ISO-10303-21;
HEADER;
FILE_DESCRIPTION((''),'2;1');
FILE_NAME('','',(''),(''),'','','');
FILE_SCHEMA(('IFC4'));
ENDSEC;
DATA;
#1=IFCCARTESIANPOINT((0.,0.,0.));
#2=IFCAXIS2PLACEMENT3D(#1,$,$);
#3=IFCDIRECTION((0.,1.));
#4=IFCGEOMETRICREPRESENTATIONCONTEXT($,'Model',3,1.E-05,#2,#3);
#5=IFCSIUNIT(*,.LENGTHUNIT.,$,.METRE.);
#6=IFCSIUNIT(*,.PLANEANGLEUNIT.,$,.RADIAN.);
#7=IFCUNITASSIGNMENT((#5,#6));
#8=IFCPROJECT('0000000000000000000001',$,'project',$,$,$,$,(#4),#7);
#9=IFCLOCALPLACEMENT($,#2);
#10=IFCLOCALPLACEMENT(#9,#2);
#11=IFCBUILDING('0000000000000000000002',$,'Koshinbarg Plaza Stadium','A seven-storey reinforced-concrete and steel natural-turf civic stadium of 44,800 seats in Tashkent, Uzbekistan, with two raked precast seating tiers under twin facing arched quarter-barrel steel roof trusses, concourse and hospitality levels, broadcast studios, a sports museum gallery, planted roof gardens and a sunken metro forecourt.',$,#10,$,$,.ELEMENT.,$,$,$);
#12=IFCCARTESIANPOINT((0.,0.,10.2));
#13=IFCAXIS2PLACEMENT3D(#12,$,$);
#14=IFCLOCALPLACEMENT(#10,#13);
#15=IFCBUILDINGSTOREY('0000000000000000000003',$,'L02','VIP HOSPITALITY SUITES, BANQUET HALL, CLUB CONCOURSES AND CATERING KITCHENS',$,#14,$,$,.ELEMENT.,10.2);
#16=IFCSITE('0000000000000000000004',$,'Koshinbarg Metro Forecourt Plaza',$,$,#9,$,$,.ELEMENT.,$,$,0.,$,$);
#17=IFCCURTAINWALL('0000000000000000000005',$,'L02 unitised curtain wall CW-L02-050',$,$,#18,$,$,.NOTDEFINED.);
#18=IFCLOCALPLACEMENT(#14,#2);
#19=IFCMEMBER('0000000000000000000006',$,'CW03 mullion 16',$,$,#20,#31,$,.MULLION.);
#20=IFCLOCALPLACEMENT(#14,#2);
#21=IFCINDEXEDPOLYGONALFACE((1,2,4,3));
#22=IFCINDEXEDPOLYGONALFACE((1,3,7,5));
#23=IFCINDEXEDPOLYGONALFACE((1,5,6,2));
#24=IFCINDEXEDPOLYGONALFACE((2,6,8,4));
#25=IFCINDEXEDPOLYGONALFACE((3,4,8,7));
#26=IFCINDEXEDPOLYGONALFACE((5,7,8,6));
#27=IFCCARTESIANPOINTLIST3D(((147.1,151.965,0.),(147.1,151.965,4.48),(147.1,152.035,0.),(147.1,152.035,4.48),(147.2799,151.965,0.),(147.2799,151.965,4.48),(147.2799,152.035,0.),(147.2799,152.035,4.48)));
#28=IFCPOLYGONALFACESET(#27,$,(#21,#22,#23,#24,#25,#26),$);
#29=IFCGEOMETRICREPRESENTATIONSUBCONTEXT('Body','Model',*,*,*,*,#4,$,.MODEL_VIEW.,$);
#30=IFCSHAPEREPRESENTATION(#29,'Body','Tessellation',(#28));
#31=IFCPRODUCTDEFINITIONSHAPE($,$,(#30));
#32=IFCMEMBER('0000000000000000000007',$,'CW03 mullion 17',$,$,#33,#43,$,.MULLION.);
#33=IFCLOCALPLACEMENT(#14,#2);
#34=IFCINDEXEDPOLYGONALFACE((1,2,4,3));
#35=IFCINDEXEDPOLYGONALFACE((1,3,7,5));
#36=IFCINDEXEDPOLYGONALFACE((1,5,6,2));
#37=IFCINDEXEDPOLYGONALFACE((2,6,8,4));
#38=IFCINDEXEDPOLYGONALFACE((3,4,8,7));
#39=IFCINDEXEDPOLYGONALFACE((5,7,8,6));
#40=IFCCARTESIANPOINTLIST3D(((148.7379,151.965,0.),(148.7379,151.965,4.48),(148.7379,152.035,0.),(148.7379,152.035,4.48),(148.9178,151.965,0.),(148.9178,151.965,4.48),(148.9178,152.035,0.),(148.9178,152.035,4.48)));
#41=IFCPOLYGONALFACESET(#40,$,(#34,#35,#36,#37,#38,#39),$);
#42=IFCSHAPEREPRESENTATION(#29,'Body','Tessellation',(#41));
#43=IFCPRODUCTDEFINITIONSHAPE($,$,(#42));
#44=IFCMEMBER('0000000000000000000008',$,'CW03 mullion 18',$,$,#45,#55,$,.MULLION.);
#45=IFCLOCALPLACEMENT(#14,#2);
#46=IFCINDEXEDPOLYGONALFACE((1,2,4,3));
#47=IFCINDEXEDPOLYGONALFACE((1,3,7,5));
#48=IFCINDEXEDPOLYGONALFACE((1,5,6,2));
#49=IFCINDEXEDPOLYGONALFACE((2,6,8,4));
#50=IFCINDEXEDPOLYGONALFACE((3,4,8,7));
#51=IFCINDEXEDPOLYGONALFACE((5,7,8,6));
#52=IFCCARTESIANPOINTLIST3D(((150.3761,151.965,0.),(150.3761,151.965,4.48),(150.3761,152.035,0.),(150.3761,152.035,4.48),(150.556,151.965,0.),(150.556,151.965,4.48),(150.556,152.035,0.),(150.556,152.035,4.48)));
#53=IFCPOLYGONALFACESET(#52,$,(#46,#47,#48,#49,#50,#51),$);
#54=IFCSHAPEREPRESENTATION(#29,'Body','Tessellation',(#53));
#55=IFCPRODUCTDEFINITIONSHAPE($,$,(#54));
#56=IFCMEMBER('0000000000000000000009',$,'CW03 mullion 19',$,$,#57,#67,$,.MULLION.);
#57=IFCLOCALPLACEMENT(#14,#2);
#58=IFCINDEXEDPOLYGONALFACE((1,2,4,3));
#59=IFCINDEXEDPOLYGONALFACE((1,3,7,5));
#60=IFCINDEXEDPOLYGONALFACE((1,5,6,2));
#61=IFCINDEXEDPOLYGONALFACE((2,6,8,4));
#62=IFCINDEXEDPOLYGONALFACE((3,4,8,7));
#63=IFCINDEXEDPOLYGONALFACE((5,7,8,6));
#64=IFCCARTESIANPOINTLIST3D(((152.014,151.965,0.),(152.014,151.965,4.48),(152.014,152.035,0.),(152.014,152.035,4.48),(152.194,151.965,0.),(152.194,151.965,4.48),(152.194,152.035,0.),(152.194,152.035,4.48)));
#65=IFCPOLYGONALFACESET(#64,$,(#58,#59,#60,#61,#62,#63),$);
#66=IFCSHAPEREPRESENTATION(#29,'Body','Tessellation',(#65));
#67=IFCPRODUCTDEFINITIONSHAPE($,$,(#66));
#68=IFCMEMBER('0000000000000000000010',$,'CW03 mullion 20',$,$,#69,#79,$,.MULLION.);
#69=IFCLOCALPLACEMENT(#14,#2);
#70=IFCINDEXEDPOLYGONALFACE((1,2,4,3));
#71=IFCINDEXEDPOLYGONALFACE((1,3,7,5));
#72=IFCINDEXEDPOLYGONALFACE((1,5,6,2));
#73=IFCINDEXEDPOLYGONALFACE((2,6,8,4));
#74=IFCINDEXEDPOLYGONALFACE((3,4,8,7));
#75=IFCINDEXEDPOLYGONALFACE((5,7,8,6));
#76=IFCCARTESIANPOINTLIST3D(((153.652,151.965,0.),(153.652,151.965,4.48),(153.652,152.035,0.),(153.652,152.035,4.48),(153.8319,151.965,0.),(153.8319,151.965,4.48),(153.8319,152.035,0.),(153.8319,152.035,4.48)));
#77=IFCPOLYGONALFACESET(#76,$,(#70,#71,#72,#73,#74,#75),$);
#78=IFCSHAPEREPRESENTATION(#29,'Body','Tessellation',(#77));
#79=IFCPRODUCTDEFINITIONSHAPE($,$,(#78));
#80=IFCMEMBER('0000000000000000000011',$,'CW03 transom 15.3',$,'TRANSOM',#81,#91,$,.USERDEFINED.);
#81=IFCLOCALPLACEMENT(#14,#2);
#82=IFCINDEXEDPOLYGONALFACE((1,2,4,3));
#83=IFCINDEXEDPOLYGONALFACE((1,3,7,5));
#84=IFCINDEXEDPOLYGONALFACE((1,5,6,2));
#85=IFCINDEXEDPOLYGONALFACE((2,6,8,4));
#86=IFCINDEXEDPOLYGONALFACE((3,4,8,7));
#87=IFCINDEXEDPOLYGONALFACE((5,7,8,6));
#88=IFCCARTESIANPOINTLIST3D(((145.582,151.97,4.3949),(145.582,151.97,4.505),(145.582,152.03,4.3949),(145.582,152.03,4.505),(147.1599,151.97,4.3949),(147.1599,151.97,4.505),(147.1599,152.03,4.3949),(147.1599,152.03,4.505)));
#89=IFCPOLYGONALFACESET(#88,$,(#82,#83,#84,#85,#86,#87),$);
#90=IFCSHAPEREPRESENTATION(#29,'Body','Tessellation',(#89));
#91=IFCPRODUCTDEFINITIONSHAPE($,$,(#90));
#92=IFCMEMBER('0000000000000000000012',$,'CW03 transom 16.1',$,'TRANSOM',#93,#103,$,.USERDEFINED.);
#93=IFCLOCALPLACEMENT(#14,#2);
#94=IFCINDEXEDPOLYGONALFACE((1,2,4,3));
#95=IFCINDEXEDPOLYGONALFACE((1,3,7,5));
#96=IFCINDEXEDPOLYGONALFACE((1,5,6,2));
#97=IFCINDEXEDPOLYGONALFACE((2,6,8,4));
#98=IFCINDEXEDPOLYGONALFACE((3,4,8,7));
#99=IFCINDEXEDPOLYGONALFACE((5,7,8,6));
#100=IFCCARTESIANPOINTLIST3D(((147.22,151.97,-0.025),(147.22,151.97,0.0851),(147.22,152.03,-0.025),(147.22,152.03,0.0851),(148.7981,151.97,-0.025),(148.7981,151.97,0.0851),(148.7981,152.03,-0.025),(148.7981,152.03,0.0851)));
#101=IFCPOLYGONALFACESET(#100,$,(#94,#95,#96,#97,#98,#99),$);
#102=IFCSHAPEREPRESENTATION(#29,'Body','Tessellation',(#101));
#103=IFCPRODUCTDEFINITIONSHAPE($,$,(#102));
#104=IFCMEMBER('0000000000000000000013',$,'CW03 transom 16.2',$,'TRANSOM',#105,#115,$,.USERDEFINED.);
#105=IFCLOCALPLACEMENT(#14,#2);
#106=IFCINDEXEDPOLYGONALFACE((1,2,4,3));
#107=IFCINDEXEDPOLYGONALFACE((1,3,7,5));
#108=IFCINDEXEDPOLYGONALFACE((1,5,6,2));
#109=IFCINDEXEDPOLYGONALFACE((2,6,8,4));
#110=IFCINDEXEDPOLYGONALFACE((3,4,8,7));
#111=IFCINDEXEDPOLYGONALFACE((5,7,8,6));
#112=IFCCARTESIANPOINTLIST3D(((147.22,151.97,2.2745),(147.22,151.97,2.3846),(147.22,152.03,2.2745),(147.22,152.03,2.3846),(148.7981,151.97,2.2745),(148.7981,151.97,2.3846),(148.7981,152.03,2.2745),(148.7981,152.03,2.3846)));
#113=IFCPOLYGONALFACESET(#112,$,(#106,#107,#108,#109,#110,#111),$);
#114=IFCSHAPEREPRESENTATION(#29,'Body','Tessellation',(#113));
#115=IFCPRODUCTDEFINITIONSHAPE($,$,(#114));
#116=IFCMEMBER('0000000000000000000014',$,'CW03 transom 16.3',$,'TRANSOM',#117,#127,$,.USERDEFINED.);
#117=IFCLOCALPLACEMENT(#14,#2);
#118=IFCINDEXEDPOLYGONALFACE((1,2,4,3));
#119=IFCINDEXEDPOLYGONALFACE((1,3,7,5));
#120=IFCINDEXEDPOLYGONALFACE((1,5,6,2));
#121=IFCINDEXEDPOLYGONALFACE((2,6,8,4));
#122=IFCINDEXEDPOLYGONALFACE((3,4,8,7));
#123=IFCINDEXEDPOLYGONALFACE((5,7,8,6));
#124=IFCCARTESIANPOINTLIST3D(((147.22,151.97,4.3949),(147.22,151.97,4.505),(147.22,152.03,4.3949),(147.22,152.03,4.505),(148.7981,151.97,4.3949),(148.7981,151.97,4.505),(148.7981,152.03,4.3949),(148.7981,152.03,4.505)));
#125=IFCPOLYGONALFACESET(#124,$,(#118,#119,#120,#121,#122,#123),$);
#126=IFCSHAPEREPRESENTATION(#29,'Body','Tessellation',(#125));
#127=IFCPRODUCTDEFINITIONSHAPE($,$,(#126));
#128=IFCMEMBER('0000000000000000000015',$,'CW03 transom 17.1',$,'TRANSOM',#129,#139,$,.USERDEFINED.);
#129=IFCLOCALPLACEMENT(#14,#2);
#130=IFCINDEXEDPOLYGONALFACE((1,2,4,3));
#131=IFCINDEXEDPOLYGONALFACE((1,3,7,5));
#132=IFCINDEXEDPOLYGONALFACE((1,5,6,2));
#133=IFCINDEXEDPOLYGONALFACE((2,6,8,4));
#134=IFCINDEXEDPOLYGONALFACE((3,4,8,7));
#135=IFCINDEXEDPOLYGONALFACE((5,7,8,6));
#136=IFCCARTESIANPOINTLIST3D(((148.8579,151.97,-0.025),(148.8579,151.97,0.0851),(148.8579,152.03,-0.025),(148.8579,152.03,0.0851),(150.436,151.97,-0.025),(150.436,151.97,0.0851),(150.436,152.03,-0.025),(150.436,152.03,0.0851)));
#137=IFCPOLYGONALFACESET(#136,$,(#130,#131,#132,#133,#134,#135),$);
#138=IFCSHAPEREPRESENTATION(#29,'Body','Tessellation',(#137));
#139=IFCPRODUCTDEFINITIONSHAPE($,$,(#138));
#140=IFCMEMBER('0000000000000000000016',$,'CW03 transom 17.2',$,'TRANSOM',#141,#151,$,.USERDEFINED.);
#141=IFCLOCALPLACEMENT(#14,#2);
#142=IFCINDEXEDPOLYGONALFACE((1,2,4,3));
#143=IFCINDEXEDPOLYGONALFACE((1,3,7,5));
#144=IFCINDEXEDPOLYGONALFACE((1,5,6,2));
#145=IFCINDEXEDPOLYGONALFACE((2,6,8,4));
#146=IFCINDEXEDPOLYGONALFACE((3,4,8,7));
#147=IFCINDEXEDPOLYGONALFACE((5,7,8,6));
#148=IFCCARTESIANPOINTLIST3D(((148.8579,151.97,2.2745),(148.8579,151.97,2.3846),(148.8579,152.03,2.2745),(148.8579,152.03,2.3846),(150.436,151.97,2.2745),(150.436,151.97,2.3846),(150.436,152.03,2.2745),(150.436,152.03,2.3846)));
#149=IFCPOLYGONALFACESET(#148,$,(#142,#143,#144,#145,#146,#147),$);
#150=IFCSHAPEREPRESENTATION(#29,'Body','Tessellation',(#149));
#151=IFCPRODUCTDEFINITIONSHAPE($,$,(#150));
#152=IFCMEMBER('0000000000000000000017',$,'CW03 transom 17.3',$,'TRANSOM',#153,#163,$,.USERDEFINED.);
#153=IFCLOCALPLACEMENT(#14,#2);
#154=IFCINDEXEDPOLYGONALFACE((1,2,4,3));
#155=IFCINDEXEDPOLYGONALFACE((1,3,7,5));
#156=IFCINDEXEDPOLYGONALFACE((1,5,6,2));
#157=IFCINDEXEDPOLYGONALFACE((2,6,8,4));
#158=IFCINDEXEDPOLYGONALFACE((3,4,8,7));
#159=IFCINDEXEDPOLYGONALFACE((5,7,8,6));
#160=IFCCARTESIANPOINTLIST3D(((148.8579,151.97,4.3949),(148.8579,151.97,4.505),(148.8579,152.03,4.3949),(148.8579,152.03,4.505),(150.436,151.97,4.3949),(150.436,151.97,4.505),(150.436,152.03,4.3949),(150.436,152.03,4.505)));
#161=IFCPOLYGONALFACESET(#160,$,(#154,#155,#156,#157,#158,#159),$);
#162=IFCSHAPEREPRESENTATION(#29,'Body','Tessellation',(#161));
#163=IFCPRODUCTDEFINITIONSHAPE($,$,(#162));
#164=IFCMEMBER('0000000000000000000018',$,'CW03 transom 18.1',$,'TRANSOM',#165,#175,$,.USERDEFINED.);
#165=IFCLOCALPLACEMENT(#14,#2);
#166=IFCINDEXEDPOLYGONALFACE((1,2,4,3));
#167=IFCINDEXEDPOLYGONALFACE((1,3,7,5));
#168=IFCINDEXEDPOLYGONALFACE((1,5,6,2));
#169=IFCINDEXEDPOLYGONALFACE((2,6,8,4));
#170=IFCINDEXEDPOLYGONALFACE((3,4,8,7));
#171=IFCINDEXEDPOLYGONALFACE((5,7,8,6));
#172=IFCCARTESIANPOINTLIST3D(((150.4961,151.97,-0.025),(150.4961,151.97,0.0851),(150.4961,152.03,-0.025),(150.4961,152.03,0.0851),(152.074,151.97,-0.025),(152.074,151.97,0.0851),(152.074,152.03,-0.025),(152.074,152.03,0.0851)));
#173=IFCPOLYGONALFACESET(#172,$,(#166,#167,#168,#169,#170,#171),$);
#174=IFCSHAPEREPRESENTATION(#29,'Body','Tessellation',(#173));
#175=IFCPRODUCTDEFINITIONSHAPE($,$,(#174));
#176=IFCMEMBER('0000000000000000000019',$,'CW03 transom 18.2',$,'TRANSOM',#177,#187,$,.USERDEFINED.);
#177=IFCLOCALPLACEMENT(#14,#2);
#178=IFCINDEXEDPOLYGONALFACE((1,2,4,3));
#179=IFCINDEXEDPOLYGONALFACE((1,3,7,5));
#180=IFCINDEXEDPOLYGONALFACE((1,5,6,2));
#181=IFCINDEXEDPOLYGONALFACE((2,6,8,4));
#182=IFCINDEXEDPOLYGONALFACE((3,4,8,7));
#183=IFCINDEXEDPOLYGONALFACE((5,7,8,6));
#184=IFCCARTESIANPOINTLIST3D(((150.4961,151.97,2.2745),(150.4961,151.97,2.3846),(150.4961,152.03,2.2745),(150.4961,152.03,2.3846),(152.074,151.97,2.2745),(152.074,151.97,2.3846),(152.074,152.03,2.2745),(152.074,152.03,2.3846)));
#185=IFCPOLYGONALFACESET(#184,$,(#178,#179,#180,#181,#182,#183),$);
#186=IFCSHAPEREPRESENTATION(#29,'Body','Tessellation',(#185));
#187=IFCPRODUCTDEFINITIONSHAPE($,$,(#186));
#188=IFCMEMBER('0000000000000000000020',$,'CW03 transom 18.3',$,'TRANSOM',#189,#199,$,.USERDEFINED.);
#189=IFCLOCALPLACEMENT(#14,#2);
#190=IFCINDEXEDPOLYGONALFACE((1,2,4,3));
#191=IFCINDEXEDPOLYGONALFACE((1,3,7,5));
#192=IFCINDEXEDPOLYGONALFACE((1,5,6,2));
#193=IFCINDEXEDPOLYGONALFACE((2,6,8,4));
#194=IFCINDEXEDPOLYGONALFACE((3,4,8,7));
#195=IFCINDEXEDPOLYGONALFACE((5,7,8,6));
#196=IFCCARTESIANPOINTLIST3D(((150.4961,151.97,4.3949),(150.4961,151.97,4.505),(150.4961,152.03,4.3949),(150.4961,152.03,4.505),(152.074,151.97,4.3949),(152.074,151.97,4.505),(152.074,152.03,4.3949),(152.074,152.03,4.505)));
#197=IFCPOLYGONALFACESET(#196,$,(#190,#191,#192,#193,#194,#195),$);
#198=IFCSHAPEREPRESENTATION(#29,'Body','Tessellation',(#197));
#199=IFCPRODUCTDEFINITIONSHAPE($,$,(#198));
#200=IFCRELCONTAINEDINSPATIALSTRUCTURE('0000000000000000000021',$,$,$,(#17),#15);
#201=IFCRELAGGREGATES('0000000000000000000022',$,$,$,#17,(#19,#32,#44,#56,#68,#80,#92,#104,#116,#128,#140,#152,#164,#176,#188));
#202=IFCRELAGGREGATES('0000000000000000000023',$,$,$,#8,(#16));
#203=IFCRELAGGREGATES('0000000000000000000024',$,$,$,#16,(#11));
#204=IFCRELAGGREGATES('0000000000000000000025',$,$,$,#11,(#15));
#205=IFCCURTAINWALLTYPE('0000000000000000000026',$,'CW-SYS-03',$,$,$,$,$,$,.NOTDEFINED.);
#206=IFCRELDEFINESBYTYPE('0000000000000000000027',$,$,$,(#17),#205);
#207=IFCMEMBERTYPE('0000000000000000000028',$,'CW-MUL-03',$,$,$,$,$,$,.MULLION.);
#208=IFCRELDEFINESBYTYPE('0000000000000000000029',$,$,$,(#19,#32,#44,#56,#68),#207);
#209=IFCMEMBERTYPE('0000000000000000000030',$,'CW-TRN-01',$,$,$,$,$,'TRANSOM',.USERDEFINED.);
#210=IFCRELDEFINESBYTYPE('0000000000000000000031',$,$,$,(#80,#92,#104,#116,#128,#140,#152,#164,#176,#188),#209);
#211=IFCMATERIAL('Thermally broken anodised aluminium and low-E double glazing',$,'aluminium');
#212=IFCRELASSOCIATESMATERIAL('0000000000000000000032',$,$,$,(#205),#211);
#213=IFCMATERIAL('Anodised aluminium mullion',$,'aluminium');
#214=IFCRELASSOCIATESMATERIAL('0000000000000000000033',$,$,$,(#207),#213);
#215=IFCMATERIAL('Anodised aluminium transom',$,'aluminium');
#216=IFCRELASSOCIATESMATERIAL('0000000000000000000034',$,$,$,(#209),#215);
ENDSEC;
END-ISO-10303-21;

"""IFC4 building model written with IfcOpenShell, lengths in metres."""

from ifc_helpers import new_model, si_unit, direction, frame, origin, origin_2d, place, context, subcontext, project, spatial, rectangle, extrude, material, material_profile, profile_set, type_object, element, aggregate, save


model = new_model("IFC4")

# Units and contexts
model_context = context("Model", 3, precision=1e-05, world=origin(), true_north=direction((0.0, 1.0)))
body_context = subcontext(model_context, "Body", "Model", "MODEL_VIEW")
ifc_project = project(units=[si_unit("LENGTHUNIT", "METRE"), si_unit("PLANEANGLEUNIT", "RADIAN")], contexts=[model_context])

# Site, building, storey
site_placement = place(None, origin())
site = spatial("IfcSite", under=ifc_project, at=site_placement, Name="Koshinbarg Metro Forecourt Plaza", CompositionType="ELEMENT", RefElevation=0.0)
building_placement = place(site_placement, origin())
building = spatial("IfcBuilding", under=site, at=building_placement, Name="Koshinbarg Plaza Stadium", Description="A seven-storey reinforced-concrete and steel natural-turf civic stadium of 44,800 seats in Tashkent, Uzbekistan, with two raked precast seating tiers under twin facing arched quarter-barrel steel roof trusses, concourse and hospitality levels, broadcast studios, a sports museum gallery, planted roof gardens and a sunken metro forecourt.", CompositionType="ELEMENT")
storey_placement = place(building_placement, frame((0.0, 0.0, 10.2)))
storey = spatial("IfcBuildingStorey", under=building, at=storey_placement, Name="L02", Description="VIP HOSPITALITY SUITES, BANQUET HALL, CLUB CONCOURSES AND CATERING KITCHENS", CompositionType="ELEMENT", Elevation=10.2)

# Curtain wall, members
ifc_material_1 = material(Name="Thermally broken anodised aluminium and low-E double glazing", Category="aluminium")
curtain_wall_type = type_object("IfcCurtainWallType", Name="CW-SYS-03", PredefinedType="NOTDEFINED", material=ifc_material_1)
curtain_wall_placement = place(storey_placement, origin())
curtain_wall = element("IfcCurtainWall", 1, at=curtain_wall_placement, inside=storey, type_object=curtain_wall_type, Name="L02 unitised curtain wall CW-L02-050", PredefinedType="NOTDEFINED")
ifc_material_2 = material(Name="Anodised aluminium mullion", Category="aluminium")
ifc_material_profile_1 = material_profile(ifc_material_2, rectangle(XDim=0.0701, YDim=0.1799, at=origin_2d()), Name="ALU 70x180")
ifc_profile_set_1 = profile_set([ifc_material_profile_1], Name="Anodised aluminium mullion")
member_type_1 = type_object("IfcMemberType", Name="CW-MUL-03", PredefinedType="MULLION", material=ifc_profile_set_1)
member_1_placement = place(storey_placement, frame((147.1899, 152.0, 0.0), z_axis=(0.0, 0.0, 1.0), x_axis=(0.0, 1.0, 0.0)))
member_1 = element("IfcMember", 2, at=member_1_placement, type_object=member_type_1, Name="CW03 mullion 16", PredefinedType="MULLION", context=body_context, shape_type="SweptSolid", body=[
    extrude(rectangle(XDim=0.0701, YDim=0.1799, at=origin_2d()), origin(), (0.0, 0.0, 1.0), 4.48),
])
member_2_placement = place(storey_placement, frame((148.8279, 152.0, 0.0), z_axis=(0.0, 0.0, 1.0), x_axis=(0.0, 1.0, 0.0)))
member_2 = element("IfcMember", 3, at=member_2_placement, type_object=member_type_1, Name="CW03 mullion 17", PredefinedType="MULLION", context=body_context, shape_type="SweptSolid", body=[
    extrude(rectangle(XDim=0.0701, YDim=0.1799, at=origin_2d()), origin(), (0.0, 0.0, 1.0), 4.48),
])
member_3_placement = place(storey_placement, frame((150.4661, 152.0, 0.0), z_axis=(0.0, 0.0, 1.0), x_axis=(0.0, 1.0, 0.0)))
member_3 = element("IfcMember", 4, at=member_3_placement, type_object=member_type_1, Name="CW03 mullion 18", PredefinedType="MULLION", context=body_context, shape_type="SweptSolid", body=[
    extrude(rectangle(XDim=0.0701, YDim=0.1799, at=origin_2d()), origin(), (0.0, 0.0, 1.0), 4.48),
])
member_4_placement = place(storey_placement, frame((152.104, 152.0, 0.0), z_axis=(0.0, 0.0, 1.0), x_axis=(0.0, 1.0, 0.0)))
member_4 = element("IfcMember", 5, at=member_4_placement, type_object=member_type_1, Name="CW03 mullion 19", PredefinedType="MULLION", context=body_context, shape_type="SweptSolid", body=[
    extrude(rectangle(XDim=0.0701, YDim=0.1799, at=origin_2d()), origin(), (0.0, 0.0, 1.0), 4.48),
])
member_5_placement = place(storey_placement, frame((153.7419, 152.0, 0.0), z_axis=(0.0, 0.0, 1.0), x_axis=(0.0, 1.0, 0.0)))
member_5 = element("IfcMember", 6, at=member_5_placement, type_object=member_type_1, Name="CW03 mullion 20", PredefinedType="MULLION", context=body_context, shape_type="SweptSolid", body=[
    extrude(rectangle(XDim=0.0701, YDim=0.1799, at=origin_2d()), origin(), (0.0, 0.0, 1.0), 4.48),
])
ifc_material_3 = material(Name="Anodised aluminium transom", Category="aluminium")
ifc_material_profile_2 = material_profile(ifc_material_3, rectangle(XDim=0.0601, YDim=0.1101, at=origin_2d()), Name="ALU 60x110")
ifc_profile_set_2 = profile_set([ifc_material_profile_2], Name="Anodised aluminium transom")
member_type_2 = type_object("IfcMemberType", Name="CW-TRN-01", ElementType="TRANSOM", PredefinedType="USERDEFINED", material=ifc_profile_set_2)
member_6_placement = place(storey_placement, frame((145.582, 152.0, 4.45), z_axis=(1.0, 0.0, 0.0), x_axis=(0.0, 1.0, 0.0)))
member_6 = element("IfcMember", 7, at=member_6_placement, type_object=member_type_2, Name="CW03 transom 15.3", ObjectType="TRANSOM", PredefinedType="USERDEFINED", context=body_context, shape_type="SweptSolid", body=[
    extrude(rectangle(XDim=0.0601, YDim=0.1101, at=origin_2d()), origin(), (0.0, 0.0, 1.0), 1.5779),
])
member_7_placement = place(storey_placement, frame((147.22, 152.0, 0.03), z_axis=(1.0, 0.0, 0.0), x_axis=(0.0, 1.0, 0.0)))
member_7 = element("IfcMember", 8, at=member_7_placement, type_object=member_type_2, Name="CW03 transom 16.1", ObjectType="TRANSOM", PredefinedType="USERDEFINED", context=body_context, shape_type="SweptSolid", body=[
    extrude(rectangle(XDim=0.0601, YDim=0.1101, at=origin_2d()), origin(), (0.0, 0.0, 1.0), 1.5781),
])
member_8_placement = place(storey_placement, frame((147.22, 152.0, 2.3296), z_axis=(1.0, 0.0, 0.0), x_axis=(0.0, 1.0, 0.0)))
member_8 = element("IfcMember", 9, at=member_8_placement, type_object=member_type_2, Name="CW03 transom 16.2", ObjectType="TRANSOM", PredefinedType="USERDEFINED", context=body_context, shape_type="SweptSolid", body=[
    extrude(rectangle(XDim=0.0601, YDim=0.1101, at=origin_2d()), origin(), (0.0, 0.0, 1.0), 1.5781),
])
member_9_placement = place(storey_placement, frame((147.22, 152.0, 4.45), z_axis=(1.0, 0.0, 0.0), x_axis=(0.0, 1.0, 0.0)))
member_9 = element("IfcMember", 10, at=member_9_placement, type_object=member_type_2, Name="CW03 transom 16.3", ObjectType="TRANSOM", PredefinedType="USERDEFINED", context=body_context, shape_type="SweptSolid", body=[
    extrude(rectangle(XDim=0.0601, YDim=0.1101, at=origin_2d()), origin(), (0.0, 0.0, 1.0), 1.5781),
])
member_10_placement = place(storey_placement, frame((148.8579, 152.0, 0.03), z_axis=(1.0, 0.0, 0.0), x_axis=(0.0, 1.0, 0.0)))
member_10 = element("IfcMember", 11, at=member_10_placement, type_object=member_type_2, Name="CW03 transom 17.1", ObjectType="TRANSOM", PredefinedType="USERDEFINED", context=body_context, shape_type="SweptSolid", body=[
    extrude(rectangle(XDim=0.0601, YDim=0.1101, at=origin_2d()), origin(), (0.0, 0.0, 1.0), 1.5781),
])
member_11_placement = place(storey_placement, frame((148.8579, 152.0, 2.3296), z_axis=(1.0, 0.0, 0.0), x_axis=(0.0, 1.0, 0.0)))
member_11 = element("IfcMember", 12, at=member_11_placement, type_object=member_type_2, Name="CW03 transom 17.2", ObjectType="TRANSOM", PredefinedType="USERDEFINED", context=body_context, shape_type="SweptSolid", body=[
    extrude(rectangle(XDim=0.0601, YDim=0.1101, at=origin_2d()), origin(), (0.0, 0.0, 1.0), 1.5781),
])
member_12_placement = place(storey_placement, frame((148.8579, 152.0, 4.45), z_axis=(1.0, 0.0, 0.0), x_axis=(0.0, 1.0, 0.0)))
member_12 = element("IfcMember", 13, at=member_12_placement, type_object=member_type_2, Name="CW03 transom 17.3", ObjectType="TRANSOM", PredefinedType="USERDEFINED", context=body_context, shape_type="SweptSolid", body=[
    extrude(rectangle(XDim=0.0601, YDim=0.1101, at=origin_2d()), origin(), (0.0, 0.0, 1.0), 1.5781),
])
member_13_placement = place(storey_placement, frame((150.4961, 152.0, 0.03), z_axis=(1.0, 0.0, 0.0), x_axis=(0.0, 1.0, 0.0)))
member_13 = element("IfcMember", 14, at=member_13_placement, type_object=member_type_2, Name="CW03 transom 18.1", ObjectType="TRANSOM", PredefinedType="USERDEFINED", context=body_context, shape_type="SweptSolid", body=[
    extrude(rectangle(XDim=0.0601, YDim=0.1101, at=origin_2d()), origin(), (0.0, 0.0, 1.0), 1.5779),
])
member_14_placement = place(storey_placement, frame((150.4961, 152.0, 2.3296), z_axis=(1.0, 0.0, 0.0), x_axis=(0.0, 1.0, 0.0)))
member_14 = element("IfcMember", 15, at=member_14_placement, type_object=member_type_2, Name="CW03 transom 18.2", ObjectType="TRANSOM", PredefinedType="USERDEFINED", context=body_context, shape_type="SweptSolid", body=[
    extrude(rectangle(XDim=0.0601, YDim=0.1101, at=origin_2d()), origin(), (0.0, 0.0, 1.0), 1.5779),
])
member_15_placement = place(storey_placement, frame((150.4961, 152.0, 4.45), z_axis=(1.0, 0.0, 0.0), x_axis=(0.0, 1.0, 0.0)))
member_15 = element("IfcMember", 16, at=member_15_placement, type_object=member_type_2, Name="CW03 transom 18.3", ObjectType="TRANSOM", PredefinedType="USERDEFINED", context=body_context, shape_type="SweptSolid", body=[
    extrude(rectangle(XDim=0.0601, YDim=0.1101, at=origin_2d()), origin(), (0.0, 0.0, 1.0), 1.5779),
])
aggregate(curtain_wall, [member_1, member_2, member_3, member_4, member_5, member_6, member_7, member_8, member_9, member_10, member_11, member_12, member_13, member_14, member_15])

save(model, "model.ifc")
